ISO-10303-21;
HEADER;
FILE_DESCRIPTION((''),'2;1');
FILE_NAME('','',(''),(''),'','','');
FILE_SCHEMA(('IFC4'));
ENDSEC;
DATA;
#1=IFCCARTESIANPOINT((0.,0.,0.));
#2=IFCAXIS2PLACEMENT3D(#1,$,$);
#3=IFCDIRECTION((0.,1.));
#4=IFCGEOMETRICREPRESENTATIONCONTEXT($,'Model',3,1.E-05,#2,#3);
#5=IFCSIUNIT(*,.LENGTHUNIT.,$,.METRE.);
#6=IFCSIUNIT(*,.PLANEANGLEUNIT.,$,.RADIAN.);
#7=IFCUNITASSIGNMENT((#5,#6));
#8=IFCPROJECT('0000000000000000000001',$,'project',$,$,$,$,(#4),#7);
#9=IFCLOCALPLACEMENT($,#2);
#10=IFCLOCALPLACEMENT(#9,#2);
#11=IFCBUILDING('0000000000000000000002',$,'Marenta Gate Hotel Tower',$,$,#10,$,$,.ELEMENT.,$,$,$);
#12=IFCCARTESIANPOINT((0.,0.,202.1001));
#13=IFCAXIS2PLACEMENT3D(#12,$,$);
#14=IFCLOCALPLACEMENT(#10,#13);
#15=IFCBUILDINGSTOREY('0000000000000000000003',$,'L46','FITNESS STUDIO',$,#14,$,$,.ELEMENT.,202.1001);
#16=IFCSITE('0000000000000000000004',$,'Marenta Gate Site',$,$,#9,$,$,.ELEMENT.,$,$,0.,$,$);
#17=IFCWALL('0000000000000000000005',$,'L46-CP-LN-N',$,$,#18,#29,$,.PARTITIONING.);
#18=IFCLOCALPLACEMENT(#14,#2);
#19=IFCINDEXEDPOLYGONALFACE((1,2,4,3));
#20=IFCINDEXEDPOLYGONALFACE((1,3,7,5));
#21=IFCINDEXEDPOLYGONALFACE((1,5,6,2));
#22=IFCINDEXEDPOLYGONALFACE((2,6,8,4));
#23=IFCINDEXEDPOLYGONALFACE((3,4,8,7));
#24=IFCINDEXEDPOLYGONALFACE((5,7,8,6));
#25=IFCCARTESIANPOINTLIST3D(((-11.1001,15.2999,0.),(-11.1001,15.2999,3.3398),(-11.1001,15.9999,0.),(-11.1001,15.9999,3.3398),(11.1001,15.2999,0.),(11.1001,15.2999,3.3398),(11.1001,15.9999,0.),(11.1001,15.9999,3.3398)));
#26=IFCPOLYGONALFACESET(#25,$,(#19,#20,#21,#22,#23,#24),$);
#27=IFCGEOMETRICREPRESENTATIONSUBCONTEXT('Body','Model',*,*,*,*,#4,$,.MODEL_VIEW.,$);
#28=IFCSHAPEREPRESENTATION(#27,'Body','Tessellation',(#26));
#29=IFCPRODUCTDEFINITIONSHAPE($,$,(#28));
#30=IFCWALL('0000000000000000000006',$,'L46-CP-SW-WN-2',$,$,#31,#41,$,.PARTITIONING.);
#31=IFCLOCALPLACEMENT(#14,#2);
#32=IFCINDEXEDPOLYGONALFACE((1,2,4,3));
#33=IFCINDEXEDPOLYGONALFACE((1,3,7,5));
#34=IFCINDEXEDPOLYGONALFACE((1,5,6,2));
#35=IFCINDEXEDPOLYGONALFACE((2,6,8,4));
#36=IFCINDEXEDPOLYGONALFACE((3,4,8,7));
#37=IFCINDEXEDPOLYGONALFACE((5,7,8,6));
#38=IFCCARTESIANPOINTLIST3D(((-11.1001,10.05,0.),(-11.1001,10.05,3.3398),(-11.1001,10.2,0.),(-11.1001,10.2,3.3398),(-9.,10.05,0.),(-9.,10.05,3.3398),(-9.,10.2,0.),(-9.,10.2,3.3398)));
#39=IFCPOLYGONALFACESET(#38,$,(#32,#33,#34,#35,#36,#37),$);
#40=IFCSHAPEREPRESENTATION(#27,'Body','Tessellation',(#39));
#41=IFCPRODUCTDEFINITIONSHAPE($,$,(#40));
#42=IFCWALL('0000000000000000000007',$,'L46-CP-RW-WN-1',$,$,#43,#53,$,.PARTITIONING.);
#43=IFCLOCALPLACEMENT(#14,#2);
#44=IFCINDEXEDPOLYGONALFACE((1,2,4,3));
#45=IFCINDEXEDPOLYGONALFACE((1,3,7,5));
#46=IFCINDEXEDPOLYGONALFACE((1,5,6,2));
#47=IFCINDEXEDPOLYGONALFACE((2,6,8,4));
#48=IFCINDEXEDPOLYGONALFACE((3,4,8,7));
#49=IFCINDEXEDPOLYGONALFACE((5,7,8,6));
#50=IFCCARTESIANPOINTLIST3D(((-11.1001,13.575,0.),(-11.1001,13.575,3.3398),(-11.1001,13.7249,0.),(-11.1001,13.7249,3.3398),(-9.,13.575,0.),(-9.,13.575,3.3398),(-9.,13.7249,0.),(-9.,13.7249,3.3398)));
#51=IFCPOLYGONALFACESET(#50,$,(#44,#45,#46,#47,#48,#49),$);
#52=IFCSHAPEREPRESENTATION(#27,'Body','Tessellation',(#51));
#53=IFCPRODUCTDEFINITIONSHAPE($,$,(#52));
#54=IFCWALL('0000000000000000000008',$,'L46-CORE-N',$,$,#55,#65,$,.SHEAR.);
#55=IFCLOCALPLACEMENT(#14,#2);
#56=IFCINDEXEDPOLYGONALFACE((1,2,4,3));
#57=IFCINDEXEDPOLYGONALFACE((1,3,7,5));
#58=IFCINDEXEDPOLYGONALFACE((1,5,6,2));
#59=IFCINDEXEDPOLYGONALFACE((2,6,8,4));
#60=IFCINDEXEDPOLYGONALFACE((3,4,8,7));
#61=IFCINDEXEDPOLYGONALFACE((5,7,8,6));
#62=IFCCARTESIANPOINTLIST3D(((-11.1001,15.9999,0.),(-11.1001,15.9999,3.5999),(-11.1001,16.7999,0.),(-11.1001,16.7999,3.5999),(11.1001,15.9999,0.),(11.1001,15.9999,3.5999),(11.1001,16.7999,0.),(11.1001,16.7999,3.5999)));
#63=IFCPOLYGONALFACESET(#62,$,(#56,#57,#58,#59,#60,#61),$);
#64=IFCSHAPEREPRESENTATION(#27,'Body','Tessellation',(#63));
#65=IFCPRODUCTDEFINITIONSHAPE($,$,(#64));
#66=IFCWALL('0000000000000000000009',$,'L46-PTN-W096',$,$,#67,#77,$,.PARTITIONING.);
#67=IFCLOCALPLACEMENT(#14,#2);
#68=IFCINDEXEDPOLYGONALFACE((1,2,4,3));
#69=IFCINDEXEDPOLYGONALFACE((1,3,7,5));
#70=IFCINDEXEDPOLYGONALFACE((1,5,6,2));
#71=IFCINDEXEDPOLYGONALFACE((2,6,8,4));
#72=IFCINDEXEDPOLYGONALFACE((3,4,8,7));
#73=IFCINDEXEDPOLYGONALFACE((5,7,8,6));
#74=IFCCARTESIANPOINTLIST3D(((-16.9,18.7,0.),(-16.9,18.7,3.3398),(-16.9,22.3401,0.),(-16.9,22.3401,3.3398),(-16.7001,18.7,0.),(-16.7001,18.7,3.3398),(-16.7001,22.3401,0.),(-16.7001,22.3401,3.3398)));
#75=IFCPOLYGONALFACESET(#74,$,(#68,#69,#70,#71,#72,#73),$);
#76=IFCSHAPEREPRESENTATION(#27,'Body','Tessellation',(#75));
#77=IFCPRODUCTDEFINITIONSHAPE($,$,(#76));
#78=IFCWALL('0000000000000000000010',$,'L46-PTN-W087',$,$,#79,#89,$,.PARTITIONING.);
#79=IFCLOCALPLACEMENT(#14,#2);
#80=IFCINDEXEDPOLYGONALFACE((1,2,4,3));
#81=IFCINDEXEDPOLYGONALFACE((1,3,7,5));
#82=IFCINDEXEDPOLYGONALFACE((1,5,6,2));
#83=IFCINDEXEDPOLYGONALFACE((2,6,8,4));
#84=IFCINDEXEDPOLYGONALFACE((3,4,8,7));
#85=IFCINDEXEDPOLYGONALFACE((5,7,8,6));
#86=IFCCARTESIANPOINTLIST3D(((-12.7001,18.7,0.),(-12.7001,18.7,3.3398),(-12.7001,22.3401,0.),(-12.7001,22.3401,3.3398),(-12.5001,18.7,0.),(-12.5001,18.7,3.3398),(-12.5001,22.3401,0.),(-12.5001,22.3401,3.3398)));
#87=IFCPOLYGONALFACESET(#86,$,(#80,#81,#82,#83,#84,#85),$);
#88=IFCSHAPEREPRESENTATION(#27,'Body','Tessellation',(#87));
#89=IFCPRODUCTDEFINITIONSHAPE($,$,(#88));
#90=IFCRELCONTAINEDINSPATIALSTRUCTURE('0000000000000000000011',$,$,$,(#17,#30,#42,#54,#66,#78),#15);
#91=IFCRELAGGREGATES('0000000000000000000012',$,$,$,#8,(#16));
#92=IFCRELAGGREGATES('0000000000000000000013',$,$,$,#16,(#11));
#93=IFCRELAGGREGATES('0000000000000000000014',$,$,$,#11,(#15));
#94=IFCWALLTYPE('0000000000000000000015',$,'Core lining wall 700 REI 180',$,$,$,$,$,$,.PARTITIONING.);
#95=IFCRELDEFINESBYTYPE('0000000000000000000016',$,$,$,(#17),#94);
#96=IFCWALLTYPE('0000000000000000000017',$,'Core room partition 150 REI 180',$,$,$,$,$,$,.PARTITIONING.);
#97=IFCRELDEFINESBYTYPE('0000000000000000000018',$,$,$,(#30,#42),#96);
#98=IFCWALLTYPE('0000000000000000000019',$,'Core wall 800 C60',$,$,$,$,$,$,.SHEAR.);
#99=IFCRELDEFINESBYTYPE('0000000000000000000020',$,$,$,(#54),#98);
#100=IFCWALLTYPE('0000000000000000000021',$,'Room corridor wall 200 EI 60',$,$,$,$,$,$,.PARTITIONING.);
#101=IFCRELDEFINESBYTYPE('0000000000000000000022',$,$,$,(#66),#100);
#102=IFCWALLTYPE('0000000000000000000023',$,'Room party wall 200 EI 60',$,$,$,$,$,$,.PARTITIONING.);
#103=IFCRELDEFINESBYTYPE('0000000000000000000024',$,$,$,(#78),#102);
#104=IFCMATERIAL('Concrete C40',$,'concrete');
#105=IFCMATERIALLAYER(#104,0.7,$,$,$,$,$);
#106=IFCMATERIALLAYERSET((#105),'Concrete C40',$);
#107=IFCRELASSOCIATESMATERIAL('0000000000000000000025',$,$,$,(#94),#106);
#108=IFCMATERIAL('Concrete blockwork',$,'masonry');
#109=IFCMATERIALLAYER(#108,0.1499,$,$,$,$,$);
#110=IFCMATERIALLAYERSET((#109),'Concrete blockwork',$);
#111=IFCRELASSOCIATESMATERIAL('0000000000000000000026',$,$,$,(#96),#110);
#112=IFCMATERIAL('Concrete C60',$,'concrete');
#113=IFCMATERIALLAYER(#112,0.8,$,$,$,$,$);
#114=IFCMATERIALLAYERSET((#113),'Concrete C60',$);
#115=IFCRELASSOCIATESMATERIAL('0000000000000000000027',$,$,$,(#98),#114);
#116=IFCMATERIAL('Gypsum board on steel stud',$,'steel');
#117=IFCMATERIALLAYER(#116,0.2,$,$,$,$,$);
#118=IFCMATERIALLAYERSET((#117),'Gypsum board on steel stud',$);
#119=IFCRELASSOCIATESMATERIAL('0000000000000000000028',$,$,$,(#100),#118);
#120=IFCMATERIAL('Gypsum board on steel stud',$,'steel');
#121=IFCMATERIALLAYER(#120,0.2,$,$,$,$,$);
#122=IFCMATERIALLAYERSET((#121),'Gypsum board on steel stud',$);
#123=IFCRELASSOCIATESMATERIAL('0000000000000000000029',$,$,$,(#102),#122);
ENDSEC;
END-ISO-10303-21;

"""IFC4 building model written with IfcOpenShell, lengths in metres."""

from ifc_helpers import new_model, si_unit, direction, frame, frame_2d, origin, place, context, subcontext, project, spatial, rectangle, extrude, material, layer, layer_set, type_object, element, save


model = new_model("IFC4")

# Units and contexts
model_context = context("Model", 3, precision=1e-05, world=origin(), true_north=direction((0.0, 1.0)))
body_context = subcontext(model_context, "Body", "Model", "MODEL_VIEW")
ifc_project = project(units=[si_unit("LENGTHUNIT", "METRE"), si_unit("PLANEANGLEUNIT", "RADIAN")], contexts=[model_context])

# Site, building, storey
site_placement = place(None, origin())
site = spatial("IfcSite", under=ifc_project, at=site_placement, Name="Marenta Gate Site", CompositionType="ELEMENT", RefElevation=0.0)
building_placement = place(site_placement, origin())
building = spatial("IfcBuilding", under=site, at=building_placement, Name="Marenta Gate Hotel Tower", CompositionType="ELEMENT")
storey_placement = place(building_placement, frame((0.0, 0.0, 202.1001)))
storey = spatial("IfcBuildingStorey", under=building, at=storey_placement, Name="L46", Description="FITNESS STUDIO", CompositionType="ELEMENT", Elevation=202.1001)

# Walls
ifc_material_1 = material(Name="Concrete C40", Category="concrete")
ifc_layer_1 = layer(ifc_material_1, 0.7)
ifc_layer_set_1 = layer_set([ifc_layer_1], Name="Concrete C40")
wall_type_1 = type_object("IfcWallType", Name="Core lining wall 700 REI 180", PredefinedType="PARTITIONING", material=ifc_layer_set_1)
wall_1_placement = place(storey_placement, frame((-11.1001, 15.6499, 0.0), z_axis=(0.0, 0.0, 1.0), x_axis=(1.0, 0.0, 0.0)))
element("IfcWall", 1, at=wall_1_placement, inside=storey, type_object=wall_type_1, Name="L46-CP-LN-N", PredefinedType="PARTITIONING", context=body_context, shape_type="SweptSolid", body=[
    extrude(rectangle(XDim=22.2002, YDim=0.7, at=frame_2d((11.1001, 0.0))), origin(), (0.0, 0.0, 1.0), 3.3398),
])
ifc_material_2 = material(Name="Concrete blockwork", Category="masonry")
ifc_layer_2 = layer(ifc_material_2, 0.1499)
ifc_layer_set_2 = layer_set([ifc_layer_2], Name="Concrete blockwork")
wall_type_2 = type_object("IfcWallType", Name="Core room partition 150 REI 180", PredefinedType="PARTITIONING", material=ifc_layer_set_2)
for number, where, z_axis, x_axis, name in (
    (2, (-11.1001, 10.125, 0.0), (0.0, 0.0, 1.0), (1.0, 0.0, 0.0), "L46-CP-SW-WN-2"),
    (3, (-11.1001, 13.6499, 0.0), (0.0, 0.0, 1.0), (1.0, 0.0, 0.0), "L46-CP-RW-WN-1"),
):
    element("IfcWall", number, at=place(storey_placement, frame(where, z_axis=z_axis, x_axis=x_axis)), inside=storey, type_object=wall_type_2, Name=name, PredefinedType="PARTITIONING", context=body_context, shape_type="SweptSolid", body=[
        extrude(rectangle(XDim=2.1001, YDim=0.1499, at=frame_2d((1.05, 0.0))), origin(), (0.0, 0.0, 1.0), 3.3398),
    ])
ifc_material_3 = material(Name="Concrete C60", Category="concrete")
ifc_layer_3 = layer(ifc_material_3, 0.8)
ifc_layer_set_3 = layer_set([ifc_layer_3], Name="Concrete C60")
wall_type_3 = type_object("IfcWallType", Name="Core wall 800 C60", PredefinedType="SHEAR", material=ifc_layer_set_3)
wall_2_placement = place(storey_placement, frame((-11.1001, 16.3999, 0.0), z_axis=(0.0, 0.0, 1.0), x_axis=(1.0, 0.0, 0.0)))
element("IfcWall", 4, at=wall_2_placement, inside=storey, type_object=wall_type_3, Name="L46-CORE-N", PredefinedType="SHEAR", context=body_context, shape_type="SweptSolid", body=[
    extrude(rectangle(XDim=22.2002, YDim=0.8, at=frame_2d((11.1001, 0.0))), origin(), (0.0, 0.0, 1.0), 3.5999),
])
ifc_material_4 = material(Name="Gypsum board on steel stud", Category="steel")
ifc_layer_4 = layer(ifc_material_4, 0.2)
ifc_layer_set_4 = layer_set([ifc_layer_4], Name="Gypsum board on steel stud")
wall_type_4 = type_object("IfcWallType", Name="Room corridor wall 200 EI 60", PredefinedType="PARTITIONING", material=ifc_layer_set_4)
wall_3_placement = place(storey_placement, frame((-16.8, 18.7, 0.0), z_axis=(0.0, 0.0, 1.0), x_axis=(0.0, 1.0, 0.0)))
element("IfcWall", 5, at=wall_3_placement, inside=storey, type_object=wall_type_4, Name="L46-PTN-W096", PredefinedType="PARTITIONING", context=body_context, shape_type="SweptSolid", body=[
    extrude(rectangle(XDim=3.6401, YDim=0.2, at=frame_2d((1.8201, 0.0))), origin(), (0.0, 0.0, 1.0), 3.3398),
])

# Wall
ifc_material_5 = material(Name="Gypsum board on steel stud", Category="steel")
ifc_layer_5 = layer(ifc_material_5, 0.2)
ifc_layer_set_5 = layer_set([ifc_layer_5], Name="Gypsum board on steel stud")
wall_type_5 = type_object("IfcWallType", Name="Room party wall 200 EI 60", PredefinedType="PARTITIONING", material=ifc_layer_set_5)
wall_4_placement = place(storey_placement, frame((-12.6001, 18.7, 0.0), z_axis=(0.0, 0.0, 1.0), x_axis=(0.0, 1.0, 0.0)))
element("IfcWall", 6, at=wall_4_placement, inside=storey, type_object=wall_type_5, Name="L46-PTN-W087", PredefinedType="PARTITIONING", context=body_context, shape_type="SweptSolid", body=[
    extrude(rectangle(XDim=3.6401, YDim=0.2, at=frame_2d((1.8201, 0.0))), origin(), (0.0, 0.0, 1.0), 3.3398),
])

save(model, "model.ifc")
